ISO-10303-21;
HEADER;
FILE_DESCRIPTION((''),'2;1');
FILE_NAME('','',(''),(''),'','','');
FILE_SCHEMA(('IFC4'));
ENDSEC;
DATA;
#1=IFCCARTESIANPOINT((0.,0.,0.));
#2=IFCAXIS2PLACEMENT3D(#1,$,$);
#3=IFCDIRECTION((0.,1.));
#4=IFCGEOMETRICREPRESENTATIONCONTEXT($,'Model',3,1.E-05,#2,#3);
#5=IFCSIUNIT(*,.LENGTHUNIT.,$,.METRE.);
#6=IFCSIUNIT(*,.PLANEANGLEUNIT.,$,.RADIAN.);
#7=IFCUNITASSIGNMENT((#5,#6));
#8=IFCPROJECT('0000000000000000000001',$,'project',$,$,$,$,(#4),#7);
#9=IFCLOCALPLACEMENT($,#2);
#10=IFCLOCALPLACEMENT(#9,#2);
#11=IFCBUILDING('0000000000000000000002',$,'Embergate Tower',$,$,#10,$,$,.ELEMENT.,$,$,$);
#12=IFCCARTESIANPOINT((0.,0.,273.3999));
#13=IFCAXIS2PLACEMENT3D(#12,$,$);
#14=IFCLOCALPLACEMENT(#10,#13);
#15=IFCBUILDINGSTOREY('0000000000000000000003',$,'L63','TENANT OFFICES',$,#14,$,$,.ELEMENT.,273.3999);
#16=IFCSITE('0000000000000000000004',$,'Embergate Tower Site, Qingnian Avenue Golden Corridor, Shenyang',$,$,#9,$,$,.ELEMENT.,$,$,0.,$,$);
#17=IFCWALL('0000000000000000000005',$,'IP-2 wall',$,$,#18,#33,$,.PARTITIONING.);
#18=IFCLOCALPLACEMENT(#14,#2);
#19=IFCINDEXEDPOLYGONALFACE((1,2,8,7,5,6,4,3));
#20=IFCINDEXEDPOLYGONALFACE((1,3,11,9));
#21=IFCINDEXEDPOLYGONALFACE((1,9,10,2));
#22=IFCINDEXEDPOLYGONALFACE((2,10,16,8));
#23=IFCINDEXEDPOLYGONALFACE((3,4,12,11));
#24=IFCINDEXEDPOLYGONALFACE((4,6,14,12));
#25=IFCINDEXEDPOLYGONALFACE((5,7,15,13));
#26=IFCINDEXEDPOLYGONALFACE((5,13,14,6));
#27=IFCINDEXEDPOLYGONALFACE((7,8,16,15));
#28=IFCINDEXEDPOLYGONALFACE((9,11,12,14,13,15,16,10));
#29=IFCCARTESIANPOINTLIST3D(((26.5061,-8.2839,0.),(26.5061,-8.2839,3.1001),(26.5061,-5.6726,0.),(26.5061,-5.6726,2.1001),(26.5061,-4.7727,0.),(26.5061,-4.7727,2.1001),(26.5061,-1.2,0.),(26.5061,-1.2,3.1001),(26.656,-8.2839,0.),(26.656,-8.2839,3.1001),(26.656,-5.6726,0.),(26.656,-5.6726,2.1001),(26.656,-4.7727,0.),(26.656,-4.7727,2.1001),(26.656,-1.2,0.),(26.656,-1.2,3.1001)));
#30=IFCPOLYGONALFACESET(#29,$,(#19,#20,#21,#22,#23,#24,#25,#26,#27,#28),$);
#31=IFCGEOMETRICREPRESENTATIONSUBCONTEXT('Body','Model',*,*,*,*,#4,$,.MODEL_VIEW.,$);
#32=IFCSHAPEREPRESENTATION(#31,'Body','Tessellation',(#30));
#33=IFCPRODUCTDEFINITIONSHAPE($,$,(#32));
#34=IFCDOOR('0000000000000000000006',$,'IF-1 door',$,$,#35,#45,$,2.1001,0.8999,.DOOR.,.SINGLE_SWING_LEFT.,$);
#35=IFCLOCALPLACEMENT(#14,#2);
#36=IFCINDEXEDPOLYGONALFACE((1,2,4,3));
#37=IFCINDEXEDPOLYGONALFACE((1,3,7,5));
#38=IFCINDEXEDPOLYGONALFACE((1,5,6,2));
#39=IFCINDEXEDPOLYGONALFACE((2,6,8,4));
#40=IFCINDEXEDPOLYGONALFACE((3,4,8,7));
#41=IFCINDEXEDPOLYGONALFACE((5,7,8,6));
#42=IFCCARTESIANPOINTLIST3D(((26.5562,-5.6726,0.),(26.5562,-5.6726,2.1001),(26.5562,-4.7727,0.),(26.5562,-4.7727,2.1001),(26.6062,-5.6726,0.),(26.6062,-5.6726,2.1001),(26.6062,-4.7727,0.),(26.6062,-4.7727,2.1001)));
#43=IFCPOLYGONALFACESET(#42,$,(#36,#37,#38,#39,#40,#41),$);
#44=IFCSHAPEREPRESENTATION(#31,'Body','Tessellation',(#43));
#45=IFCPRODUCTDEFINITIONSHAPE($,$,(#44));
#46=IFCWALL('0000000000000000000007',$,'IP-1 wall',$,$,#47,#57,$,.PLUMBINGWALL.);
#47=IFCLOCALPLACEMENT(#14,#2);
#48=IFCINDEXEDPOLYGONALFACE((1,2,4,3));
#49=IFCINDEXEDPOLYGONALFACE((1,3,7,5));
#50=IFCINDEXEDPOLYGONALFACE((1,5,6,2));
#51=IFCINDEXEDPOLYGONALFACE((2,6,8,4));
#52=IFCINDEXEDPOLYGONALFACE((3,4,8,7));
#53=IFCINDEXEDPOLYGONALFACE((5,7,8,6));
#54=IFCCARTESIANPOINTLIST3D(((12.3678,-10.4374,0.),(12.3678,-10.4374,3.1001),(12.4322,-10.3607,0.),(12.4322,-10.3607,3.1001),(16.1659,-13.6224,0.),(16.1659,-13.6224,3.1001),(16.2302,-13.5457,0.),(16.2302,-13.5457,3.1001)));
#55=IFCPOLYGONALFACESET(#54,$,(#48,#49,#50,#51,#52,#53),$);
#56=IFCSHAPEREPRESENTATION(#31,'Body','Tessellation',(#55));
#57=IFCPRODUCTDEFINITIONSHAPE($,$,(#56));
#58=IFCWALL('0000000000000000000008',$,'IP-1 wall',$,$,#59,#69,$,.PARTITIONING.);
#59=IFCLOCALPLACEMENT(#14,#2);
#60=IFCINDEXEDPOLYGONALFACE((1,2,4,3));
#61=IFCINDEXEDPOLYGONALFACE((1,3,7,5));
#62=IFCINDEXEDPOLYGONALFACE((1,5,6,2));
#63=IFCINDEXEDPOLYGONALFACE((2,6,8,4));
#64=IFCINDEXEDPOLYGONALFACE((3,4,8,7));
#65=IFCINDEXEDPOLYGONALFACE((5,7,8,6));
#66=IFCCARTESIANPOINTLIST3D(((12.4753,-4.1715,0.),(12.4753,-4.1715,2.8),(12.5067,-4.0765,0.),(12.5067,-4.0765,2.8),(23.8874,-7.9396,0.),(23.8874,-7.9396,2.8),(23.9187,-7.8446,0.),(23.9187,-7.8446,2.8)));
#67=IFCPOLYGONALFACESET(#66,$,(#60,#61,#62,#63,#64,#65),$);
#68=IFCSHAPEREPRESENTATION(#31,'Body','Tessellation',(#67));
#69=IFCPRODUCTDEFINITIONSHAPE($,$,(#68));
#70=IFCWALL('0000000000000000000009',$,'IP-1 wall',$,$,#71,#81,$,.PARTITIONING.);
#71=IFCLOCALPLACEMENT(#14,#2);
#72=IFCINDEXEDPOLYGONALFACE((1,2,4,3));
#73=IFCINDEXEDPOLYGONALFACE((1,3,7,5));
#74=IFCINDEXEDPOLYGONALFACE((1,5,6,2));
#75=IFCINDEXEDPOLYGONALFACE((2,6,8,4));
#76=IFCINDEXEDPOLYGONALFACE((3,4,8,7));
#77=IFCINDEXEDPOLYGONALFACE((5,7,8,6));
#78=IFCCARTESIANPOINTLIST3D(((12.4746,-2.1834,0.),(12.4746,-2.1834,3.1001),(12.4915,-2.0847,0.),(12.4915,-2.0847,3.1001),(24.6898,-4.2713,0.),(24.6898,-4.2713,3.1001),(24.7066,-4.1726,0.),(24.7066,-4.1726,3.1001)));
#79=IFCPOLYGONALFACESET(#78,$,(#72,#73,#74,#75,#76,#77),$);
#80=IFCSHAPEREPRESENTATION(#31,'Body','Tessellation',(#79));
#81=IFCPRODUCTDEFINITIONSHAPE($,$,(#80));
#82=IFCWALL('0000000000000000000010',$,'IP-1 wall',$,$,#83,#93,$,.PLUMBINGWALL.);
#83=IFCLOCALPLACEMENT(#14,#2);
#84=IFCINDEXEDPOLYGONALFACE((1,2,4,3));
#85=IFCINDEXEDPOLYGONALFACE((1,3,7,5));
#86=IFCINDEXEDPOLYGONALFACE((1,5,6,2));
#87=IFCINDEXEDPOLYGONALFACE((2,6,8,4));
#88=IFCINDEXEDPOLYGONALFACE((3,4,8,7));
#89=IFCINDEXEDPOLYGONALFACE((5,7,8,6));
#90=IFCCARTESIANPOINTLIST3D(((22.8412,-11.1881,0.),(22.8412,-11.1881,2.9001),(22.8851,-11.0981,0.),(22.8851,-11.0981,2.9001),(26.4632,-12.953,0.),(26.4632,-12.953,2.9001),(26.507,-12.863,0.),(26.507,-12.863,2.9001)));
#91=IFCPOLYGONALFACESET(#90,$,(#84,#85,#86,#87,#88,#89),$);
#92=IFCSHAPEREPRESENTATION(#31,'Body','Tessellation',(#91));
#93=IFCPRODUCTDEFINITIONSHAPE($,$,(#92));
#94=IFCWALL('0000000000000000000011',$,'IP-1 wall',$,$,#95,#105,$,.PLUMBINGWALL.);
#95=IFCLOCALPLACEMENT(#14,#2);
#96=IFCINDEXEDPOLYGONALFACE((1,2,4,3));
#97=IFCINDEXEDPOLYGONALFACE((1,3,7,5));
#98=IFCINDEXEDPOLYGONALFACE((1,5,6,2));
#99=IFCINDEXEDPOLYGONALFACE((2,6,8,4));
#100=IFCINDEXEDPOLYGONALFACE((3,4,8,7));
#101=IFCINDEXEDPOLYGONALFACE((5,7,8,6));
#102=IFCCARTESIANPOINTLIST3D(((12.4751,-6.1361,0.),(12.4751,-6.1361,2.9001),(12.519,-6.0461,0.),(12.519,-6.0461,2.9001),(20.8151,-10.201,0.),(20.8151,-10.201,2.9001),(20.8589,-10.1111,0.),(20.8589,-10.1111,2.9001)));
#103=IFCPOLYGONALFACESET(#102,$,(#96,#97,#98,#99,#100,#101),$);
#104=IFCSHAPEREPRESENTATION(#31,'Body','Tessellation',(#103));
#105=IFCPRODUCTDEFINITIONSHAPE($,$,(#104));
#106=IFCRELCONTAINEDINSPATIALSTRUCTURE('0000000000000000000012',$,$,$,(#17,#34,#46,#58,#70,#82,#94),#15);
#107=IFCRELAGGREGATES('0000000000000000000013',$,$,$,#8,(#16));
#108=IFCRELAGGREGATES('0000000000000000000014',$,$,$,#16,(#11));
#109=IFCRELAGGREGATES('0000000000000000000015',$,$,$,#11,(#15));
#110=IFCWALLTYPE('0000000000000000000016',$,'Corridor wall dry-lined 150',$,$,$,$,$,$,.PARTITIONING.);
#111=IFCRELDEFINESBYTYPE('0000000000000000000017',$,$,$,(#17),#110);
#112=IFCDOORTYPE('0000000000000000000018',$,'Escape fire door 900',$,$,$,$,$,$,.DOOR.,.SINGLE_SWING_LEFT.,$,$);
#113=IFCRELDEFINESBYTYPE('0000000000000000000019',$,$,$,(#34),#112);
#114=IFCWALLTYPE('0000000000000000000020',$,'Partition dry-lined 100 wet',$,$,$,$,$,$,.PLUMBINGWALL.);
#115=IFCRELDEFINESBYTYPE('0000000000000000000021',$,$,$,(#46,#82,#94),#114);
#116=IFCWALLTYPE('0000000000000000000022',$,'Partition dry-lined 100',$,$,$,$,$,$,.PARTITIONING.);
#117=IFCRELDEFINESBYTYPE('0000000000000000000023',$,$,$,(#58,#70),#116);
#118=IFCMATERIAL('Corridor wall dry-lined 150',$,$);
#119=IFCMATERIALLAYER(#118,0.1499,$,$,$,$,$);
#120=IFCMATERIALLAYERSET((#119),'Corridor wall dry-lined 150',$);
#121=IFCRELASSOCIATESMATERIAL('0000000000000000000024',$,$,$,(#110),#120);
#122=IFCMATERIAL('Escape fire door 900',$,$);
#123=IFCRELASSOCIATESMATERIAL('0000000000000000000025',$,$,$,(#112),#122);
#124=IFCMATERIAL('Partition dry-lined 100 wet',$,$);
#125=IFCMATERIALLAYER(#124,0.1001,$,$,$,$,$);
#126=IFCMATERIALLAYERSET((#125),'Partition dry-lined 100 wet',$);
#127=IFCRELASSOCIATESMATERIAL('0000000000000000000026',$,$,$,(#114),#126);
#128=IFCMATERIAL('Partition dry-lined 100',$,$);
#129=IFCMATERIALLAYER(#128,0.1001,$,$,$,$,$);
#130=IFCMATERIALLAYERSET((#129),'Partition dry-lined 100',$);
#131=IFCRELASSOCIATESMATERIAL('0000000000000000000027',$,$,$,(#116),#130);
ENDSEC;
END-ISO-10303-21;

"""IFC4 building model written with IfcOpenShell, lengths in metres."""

from ifc_helpers import new_model, si_unit, direction, frame, frame_2d, origin, place, context, subcontext, project, spatial, rectangle, extrude, source, transform, mapped, material, layer, layer_set, type_object, element, fill, save


model = new_model("IFC4")

# Units and contexts
model_context = context("Model", 3, precision=1e-05, world=origin(), true_north=direction((0.0, 1.0)))
body_context = subcontext(model_context, "Body", "Model", "MODEL_VIEW")
ifc_project = project(units=[si_unit("LENGTHUNIT", "METRE"), si_unit("PLANEANGLEUNIT", "RADIAN")], contexts=[model_context])

# Site, building, storey
site_placement = place(None, origin())
site = spatial("IfcSite", under=ifc_project, at=site_placement, Name="Embergate Tower Site, Qingnian Avenue Golden Corridor, Shenyang", CompositionType="ELEMENT", RefElevation=0.0)
building_placement = place(site_placement, origin())
building = spatial("IfcBuilding", under=site, at=building_placement, Name="Embergate Tower", CompositionType="ELEMENT")
storey_placement = place(building_placement, frame((0.0, 0.0, 273.3999)))
storey = spatial("IfcBuildingStorey", under=building, at=storey_placement, Name="L63", Description="TENANT OFFICES", CompositionType="ELEMENT", Elevation=273.3999)

# Shared definitions
ifc_material_1 = material(Name="Corridor wall dry-lined 150")
ifc_layer_1 = layer(ifc_material_1, 0.1499)
ifc_layer_set_1 = layer_set([ifc_layer_1], Name="Corridor wall dry-lined 150")
wall_type_1 = type_object("IfcWallType", Name="Corridor wall dry-lined 150", PredefinedType="PARTITIONING", material=ifc_layer_set_1)
shared_shape_1 = source(origin(), body_context, "Body", "SweptSolid", [
    extrude(rectangle(XDim=0.8999, YDim=2.1001, at=frame_2d((0.45, 1.05))), frame((0.0, 0.085, 0.0), z_axis=(0.0, -1.0, 0.0), x_axis=(1.0, 0.0, 0.0)), (0.0, 0.0, 1.0), 0.1699),
])
ifc_material_2 = material(Name="Escape fire door 900")
door_type = type_object("IfcDoorType", Name="Escape fire door 900", OperationType="SINGLE_SWING_LEFT", PredefinedType="DOOR", material=ifc_material_2)
shared_shape_2 = source(origin(), body_context, "Body", "SweptSolid", [
    extrude(rectangle(XDim=0.8999, YDim=2.1001, at=frame_2d((0.45, 1.05))), frame((0.0, 0.0249, 0.0), z_axis=(0.0, -1.0, 0.0), x_axis=(1.0, 0.0, 0.0)), (0.0, 0.0, 1.0), 0.05),
])

# Wall, opening, door
shared_shape_3 = source(origin(), body_context, "Body", "SweptSolid", [
    extrude(rectangle(XDim=7.084, YDim=0.1499, at=frame_2d((3.542, 0.0))), origin(), (0.0, 0.0, 1.0), 3.1001),
])
wall_1_placement = place(storey_placement, frame((26.5811, -8.2839, 0.0), z_axis=(0.0, 0.0, 1.0), x_axis=(0.0, 1.0, 0.0)))
wall_1 = element("IfcWall", 1, at=wall_1_placement, inside=storey, type_object=wall_type_1, Name="IP-2 wall", PredefinedType="PARTITIONING", context=body_context, shape_type="MappedRepresentation", body=[
    mapped(shared_shape_3, transform((0.0, 0.0, 0.0))),
])
opening_1_placement = place(wall_1_placement, frame((2.6113, 0.0, 0.0)))
opening_1 = element("IfcOpeningElement", 2, at=opening_1_placement, cuts=wall_1, PredefinedType="OPENING", context=body_context, shape_type="MappedRepresentation", body=[
    mapped(shared_shape_1, transform((0.0, 0.0, 0.0))),
])
door_1_placement = place(opening_1_placement, origin())
door_1 = element("IfcDoor", 3, at=door_1_placement, inside=storey, type_object=door_type, Name="IF-1 door", OperationType="SINGLE_SWING_LEFT", OverallHeight=2.1001, OverallWidth=0.8999, PredefinedType="DOOR", context=body_context, shape_type="MappedRepresentation", body=[
    mapped(shared_shape_2, transform((0.0, 0.0, 0.0))),
])
fill(opening_1, door_1)

# Walls
ifc_material_3 = material(Name="Partition dry-lined 100 wet")
ifc_layer_2 = layer(ifc_material_3, 0.1001)
ifc_layer_set_2 = layer_set([ifc_layer_2], Name="Partition dry-lined 100 wet")
wall_type_2 = type_object("IfcWallType", Name="Partition dry-lined 100 wet", PredefinedType="PLUMBINGWALL", material=ifc_layer_set_2)
shared_shape_4 = source(origin(), body_context, "Body", "SweptSolid", [
    extrude(rectangle(XDim=4.9568, YDim=0.1001, at=frame_2d((2.4785, 0.0))), origin(), (0.0, 0.0, 1.0), 3.1001),
])
wall_2_placement = place(storey_placement, frame((12.3999, -10.3989, 0.0), z_axis=(0.0, 0.0, 1.0), x_axis=(0.766235, -0.64256, 0.0)))
element("IfcWall", 4, at=wall_2_placement, inside=storey, type_object=wall_type_2, Name="IP-1 wall", PredefinedType="PLUMBINGWALL", context=body_context, shape_type="MappedRepresentation", body=[
    mapped(shared_shape_4, transform((0.0, 0.0, 0.0))),
])
ifc_material_4 = material(Name="Partition dry-lined 100")
ifc_layer_3 = layer(ifc_material_4, 0.1001)
ifc_layer_set_3 = layer_set([ifc_layer_3], Name="Partition dry-lined 100")
wall_type_3 = type_object("IfcWallType", Name="Partition dry-lined 100", PredefinedType="PARTITIONING", material=ifc_layer_set_3)
shared_shape_5 = source(origin(), body_context, "Body", "SweptSolid", [
    extrude(rectangle(XDim=12.0181, YDim=0.1001, at=frame_2d((6.009, 0.0))), origin(), (0.0, 0.0, 1.0), 2.8),
])
wall_3_placement = place(storey_placement, frame((12.491, -4.124, 0.0), z_axis=(0.0, 0.0, 1.0), x_axis=(0.949577, -0.313533, 0.0)))
element("IfcWall", 5, at=wall_3_placement, inside=storey, type_object=wall_type_3, Name="IP-1 wall", PredefinedType="PARTITIONING", context=body_context, shape_type="MappedRepresentation", body=[
    mapped(shared_shape_5, transform((0.0, 0.0, 0.0))),
])
shared_shape_6 = source(origin(), body_context, "Body", "SweptSolid", [
    extrude(rectangle(XDim=12.3923, YDim=0.1001, at=frame_2d((6.1963, 0.0))), origin(), (0.0, 0.0, 1.0), 3.1001),
])
wall_4_placement = place(storey_placement, frame((12.4829, -2.134, 0.0), z_axis=(0.0, 0.0, 1.0), x_axis=(0.985704, -0.168484, 0.0)))
element("IfcWall", 6, at=wall_4_placement, inside=storey, type_object=wall_type_3, Name="IP-1 wall", PredefinedType="PARTITIONING", context=body_context, shape_type="MappedRepresentation", body=[
    mapped(shared_shape_6, transform((0.0, 0.0, 0.0))),
])
shared_shape_7 = source(origin(), body_context, "Body", "SweptSolid", [
    extrude(rectangle(XDim=4.0291, YDim=0.1001, at=frame_2d((2.0146, 0.0))), origin(), (0.0, 0.0, 1.0), 2.9001),
])
wall_5_placement = place(storey_placement, frame((22.863, -11.1431, 0.0), z_axis=(0.0, 0.0, 1.0), x_axis=(0.898961, -0.438028, 0.0)))
element("IfcWall", 7, at=wall_5_placement, inside=storey, type_object=wall_type_2, Name="IP-1 wall", PredefinedType="PLUMBINGWALL", context=body_context, shape_type="MappedRepresentation", body=[
    mapped(shared_shape_7, transform((0.0, 0.0, 0.0))),
])
shared_shape_8 = source(origin(), body_context, "Body", "SweptSolid", [
    extrude(rectangle(XDim=9.2778, YDim=0.1001, at=frame_2d((4.6389, 0.0))), origin(), (0.0, 0.0, 1.0), 2.9001),
])
wall_6_placement = place(storey_placement, frame((12.4971, -6.0911, 0.0), z_axis=(0.0, 0.0, 1.0), x_axis=(0.898907, -0.438138, 0.0)))
element("IfcWall", 8, at=wall_6_placement, inside=storey, type_object=wall_type_2, Name="IP-1 wall", PredefinedType="PLUMBINGWALL", context=body_context, shape_type="MappedRepresentation", body=[
    mapped(shared_shape_8, transform((0.0, 0.0, 0.0))),
])

save(model, "model.ifc")
